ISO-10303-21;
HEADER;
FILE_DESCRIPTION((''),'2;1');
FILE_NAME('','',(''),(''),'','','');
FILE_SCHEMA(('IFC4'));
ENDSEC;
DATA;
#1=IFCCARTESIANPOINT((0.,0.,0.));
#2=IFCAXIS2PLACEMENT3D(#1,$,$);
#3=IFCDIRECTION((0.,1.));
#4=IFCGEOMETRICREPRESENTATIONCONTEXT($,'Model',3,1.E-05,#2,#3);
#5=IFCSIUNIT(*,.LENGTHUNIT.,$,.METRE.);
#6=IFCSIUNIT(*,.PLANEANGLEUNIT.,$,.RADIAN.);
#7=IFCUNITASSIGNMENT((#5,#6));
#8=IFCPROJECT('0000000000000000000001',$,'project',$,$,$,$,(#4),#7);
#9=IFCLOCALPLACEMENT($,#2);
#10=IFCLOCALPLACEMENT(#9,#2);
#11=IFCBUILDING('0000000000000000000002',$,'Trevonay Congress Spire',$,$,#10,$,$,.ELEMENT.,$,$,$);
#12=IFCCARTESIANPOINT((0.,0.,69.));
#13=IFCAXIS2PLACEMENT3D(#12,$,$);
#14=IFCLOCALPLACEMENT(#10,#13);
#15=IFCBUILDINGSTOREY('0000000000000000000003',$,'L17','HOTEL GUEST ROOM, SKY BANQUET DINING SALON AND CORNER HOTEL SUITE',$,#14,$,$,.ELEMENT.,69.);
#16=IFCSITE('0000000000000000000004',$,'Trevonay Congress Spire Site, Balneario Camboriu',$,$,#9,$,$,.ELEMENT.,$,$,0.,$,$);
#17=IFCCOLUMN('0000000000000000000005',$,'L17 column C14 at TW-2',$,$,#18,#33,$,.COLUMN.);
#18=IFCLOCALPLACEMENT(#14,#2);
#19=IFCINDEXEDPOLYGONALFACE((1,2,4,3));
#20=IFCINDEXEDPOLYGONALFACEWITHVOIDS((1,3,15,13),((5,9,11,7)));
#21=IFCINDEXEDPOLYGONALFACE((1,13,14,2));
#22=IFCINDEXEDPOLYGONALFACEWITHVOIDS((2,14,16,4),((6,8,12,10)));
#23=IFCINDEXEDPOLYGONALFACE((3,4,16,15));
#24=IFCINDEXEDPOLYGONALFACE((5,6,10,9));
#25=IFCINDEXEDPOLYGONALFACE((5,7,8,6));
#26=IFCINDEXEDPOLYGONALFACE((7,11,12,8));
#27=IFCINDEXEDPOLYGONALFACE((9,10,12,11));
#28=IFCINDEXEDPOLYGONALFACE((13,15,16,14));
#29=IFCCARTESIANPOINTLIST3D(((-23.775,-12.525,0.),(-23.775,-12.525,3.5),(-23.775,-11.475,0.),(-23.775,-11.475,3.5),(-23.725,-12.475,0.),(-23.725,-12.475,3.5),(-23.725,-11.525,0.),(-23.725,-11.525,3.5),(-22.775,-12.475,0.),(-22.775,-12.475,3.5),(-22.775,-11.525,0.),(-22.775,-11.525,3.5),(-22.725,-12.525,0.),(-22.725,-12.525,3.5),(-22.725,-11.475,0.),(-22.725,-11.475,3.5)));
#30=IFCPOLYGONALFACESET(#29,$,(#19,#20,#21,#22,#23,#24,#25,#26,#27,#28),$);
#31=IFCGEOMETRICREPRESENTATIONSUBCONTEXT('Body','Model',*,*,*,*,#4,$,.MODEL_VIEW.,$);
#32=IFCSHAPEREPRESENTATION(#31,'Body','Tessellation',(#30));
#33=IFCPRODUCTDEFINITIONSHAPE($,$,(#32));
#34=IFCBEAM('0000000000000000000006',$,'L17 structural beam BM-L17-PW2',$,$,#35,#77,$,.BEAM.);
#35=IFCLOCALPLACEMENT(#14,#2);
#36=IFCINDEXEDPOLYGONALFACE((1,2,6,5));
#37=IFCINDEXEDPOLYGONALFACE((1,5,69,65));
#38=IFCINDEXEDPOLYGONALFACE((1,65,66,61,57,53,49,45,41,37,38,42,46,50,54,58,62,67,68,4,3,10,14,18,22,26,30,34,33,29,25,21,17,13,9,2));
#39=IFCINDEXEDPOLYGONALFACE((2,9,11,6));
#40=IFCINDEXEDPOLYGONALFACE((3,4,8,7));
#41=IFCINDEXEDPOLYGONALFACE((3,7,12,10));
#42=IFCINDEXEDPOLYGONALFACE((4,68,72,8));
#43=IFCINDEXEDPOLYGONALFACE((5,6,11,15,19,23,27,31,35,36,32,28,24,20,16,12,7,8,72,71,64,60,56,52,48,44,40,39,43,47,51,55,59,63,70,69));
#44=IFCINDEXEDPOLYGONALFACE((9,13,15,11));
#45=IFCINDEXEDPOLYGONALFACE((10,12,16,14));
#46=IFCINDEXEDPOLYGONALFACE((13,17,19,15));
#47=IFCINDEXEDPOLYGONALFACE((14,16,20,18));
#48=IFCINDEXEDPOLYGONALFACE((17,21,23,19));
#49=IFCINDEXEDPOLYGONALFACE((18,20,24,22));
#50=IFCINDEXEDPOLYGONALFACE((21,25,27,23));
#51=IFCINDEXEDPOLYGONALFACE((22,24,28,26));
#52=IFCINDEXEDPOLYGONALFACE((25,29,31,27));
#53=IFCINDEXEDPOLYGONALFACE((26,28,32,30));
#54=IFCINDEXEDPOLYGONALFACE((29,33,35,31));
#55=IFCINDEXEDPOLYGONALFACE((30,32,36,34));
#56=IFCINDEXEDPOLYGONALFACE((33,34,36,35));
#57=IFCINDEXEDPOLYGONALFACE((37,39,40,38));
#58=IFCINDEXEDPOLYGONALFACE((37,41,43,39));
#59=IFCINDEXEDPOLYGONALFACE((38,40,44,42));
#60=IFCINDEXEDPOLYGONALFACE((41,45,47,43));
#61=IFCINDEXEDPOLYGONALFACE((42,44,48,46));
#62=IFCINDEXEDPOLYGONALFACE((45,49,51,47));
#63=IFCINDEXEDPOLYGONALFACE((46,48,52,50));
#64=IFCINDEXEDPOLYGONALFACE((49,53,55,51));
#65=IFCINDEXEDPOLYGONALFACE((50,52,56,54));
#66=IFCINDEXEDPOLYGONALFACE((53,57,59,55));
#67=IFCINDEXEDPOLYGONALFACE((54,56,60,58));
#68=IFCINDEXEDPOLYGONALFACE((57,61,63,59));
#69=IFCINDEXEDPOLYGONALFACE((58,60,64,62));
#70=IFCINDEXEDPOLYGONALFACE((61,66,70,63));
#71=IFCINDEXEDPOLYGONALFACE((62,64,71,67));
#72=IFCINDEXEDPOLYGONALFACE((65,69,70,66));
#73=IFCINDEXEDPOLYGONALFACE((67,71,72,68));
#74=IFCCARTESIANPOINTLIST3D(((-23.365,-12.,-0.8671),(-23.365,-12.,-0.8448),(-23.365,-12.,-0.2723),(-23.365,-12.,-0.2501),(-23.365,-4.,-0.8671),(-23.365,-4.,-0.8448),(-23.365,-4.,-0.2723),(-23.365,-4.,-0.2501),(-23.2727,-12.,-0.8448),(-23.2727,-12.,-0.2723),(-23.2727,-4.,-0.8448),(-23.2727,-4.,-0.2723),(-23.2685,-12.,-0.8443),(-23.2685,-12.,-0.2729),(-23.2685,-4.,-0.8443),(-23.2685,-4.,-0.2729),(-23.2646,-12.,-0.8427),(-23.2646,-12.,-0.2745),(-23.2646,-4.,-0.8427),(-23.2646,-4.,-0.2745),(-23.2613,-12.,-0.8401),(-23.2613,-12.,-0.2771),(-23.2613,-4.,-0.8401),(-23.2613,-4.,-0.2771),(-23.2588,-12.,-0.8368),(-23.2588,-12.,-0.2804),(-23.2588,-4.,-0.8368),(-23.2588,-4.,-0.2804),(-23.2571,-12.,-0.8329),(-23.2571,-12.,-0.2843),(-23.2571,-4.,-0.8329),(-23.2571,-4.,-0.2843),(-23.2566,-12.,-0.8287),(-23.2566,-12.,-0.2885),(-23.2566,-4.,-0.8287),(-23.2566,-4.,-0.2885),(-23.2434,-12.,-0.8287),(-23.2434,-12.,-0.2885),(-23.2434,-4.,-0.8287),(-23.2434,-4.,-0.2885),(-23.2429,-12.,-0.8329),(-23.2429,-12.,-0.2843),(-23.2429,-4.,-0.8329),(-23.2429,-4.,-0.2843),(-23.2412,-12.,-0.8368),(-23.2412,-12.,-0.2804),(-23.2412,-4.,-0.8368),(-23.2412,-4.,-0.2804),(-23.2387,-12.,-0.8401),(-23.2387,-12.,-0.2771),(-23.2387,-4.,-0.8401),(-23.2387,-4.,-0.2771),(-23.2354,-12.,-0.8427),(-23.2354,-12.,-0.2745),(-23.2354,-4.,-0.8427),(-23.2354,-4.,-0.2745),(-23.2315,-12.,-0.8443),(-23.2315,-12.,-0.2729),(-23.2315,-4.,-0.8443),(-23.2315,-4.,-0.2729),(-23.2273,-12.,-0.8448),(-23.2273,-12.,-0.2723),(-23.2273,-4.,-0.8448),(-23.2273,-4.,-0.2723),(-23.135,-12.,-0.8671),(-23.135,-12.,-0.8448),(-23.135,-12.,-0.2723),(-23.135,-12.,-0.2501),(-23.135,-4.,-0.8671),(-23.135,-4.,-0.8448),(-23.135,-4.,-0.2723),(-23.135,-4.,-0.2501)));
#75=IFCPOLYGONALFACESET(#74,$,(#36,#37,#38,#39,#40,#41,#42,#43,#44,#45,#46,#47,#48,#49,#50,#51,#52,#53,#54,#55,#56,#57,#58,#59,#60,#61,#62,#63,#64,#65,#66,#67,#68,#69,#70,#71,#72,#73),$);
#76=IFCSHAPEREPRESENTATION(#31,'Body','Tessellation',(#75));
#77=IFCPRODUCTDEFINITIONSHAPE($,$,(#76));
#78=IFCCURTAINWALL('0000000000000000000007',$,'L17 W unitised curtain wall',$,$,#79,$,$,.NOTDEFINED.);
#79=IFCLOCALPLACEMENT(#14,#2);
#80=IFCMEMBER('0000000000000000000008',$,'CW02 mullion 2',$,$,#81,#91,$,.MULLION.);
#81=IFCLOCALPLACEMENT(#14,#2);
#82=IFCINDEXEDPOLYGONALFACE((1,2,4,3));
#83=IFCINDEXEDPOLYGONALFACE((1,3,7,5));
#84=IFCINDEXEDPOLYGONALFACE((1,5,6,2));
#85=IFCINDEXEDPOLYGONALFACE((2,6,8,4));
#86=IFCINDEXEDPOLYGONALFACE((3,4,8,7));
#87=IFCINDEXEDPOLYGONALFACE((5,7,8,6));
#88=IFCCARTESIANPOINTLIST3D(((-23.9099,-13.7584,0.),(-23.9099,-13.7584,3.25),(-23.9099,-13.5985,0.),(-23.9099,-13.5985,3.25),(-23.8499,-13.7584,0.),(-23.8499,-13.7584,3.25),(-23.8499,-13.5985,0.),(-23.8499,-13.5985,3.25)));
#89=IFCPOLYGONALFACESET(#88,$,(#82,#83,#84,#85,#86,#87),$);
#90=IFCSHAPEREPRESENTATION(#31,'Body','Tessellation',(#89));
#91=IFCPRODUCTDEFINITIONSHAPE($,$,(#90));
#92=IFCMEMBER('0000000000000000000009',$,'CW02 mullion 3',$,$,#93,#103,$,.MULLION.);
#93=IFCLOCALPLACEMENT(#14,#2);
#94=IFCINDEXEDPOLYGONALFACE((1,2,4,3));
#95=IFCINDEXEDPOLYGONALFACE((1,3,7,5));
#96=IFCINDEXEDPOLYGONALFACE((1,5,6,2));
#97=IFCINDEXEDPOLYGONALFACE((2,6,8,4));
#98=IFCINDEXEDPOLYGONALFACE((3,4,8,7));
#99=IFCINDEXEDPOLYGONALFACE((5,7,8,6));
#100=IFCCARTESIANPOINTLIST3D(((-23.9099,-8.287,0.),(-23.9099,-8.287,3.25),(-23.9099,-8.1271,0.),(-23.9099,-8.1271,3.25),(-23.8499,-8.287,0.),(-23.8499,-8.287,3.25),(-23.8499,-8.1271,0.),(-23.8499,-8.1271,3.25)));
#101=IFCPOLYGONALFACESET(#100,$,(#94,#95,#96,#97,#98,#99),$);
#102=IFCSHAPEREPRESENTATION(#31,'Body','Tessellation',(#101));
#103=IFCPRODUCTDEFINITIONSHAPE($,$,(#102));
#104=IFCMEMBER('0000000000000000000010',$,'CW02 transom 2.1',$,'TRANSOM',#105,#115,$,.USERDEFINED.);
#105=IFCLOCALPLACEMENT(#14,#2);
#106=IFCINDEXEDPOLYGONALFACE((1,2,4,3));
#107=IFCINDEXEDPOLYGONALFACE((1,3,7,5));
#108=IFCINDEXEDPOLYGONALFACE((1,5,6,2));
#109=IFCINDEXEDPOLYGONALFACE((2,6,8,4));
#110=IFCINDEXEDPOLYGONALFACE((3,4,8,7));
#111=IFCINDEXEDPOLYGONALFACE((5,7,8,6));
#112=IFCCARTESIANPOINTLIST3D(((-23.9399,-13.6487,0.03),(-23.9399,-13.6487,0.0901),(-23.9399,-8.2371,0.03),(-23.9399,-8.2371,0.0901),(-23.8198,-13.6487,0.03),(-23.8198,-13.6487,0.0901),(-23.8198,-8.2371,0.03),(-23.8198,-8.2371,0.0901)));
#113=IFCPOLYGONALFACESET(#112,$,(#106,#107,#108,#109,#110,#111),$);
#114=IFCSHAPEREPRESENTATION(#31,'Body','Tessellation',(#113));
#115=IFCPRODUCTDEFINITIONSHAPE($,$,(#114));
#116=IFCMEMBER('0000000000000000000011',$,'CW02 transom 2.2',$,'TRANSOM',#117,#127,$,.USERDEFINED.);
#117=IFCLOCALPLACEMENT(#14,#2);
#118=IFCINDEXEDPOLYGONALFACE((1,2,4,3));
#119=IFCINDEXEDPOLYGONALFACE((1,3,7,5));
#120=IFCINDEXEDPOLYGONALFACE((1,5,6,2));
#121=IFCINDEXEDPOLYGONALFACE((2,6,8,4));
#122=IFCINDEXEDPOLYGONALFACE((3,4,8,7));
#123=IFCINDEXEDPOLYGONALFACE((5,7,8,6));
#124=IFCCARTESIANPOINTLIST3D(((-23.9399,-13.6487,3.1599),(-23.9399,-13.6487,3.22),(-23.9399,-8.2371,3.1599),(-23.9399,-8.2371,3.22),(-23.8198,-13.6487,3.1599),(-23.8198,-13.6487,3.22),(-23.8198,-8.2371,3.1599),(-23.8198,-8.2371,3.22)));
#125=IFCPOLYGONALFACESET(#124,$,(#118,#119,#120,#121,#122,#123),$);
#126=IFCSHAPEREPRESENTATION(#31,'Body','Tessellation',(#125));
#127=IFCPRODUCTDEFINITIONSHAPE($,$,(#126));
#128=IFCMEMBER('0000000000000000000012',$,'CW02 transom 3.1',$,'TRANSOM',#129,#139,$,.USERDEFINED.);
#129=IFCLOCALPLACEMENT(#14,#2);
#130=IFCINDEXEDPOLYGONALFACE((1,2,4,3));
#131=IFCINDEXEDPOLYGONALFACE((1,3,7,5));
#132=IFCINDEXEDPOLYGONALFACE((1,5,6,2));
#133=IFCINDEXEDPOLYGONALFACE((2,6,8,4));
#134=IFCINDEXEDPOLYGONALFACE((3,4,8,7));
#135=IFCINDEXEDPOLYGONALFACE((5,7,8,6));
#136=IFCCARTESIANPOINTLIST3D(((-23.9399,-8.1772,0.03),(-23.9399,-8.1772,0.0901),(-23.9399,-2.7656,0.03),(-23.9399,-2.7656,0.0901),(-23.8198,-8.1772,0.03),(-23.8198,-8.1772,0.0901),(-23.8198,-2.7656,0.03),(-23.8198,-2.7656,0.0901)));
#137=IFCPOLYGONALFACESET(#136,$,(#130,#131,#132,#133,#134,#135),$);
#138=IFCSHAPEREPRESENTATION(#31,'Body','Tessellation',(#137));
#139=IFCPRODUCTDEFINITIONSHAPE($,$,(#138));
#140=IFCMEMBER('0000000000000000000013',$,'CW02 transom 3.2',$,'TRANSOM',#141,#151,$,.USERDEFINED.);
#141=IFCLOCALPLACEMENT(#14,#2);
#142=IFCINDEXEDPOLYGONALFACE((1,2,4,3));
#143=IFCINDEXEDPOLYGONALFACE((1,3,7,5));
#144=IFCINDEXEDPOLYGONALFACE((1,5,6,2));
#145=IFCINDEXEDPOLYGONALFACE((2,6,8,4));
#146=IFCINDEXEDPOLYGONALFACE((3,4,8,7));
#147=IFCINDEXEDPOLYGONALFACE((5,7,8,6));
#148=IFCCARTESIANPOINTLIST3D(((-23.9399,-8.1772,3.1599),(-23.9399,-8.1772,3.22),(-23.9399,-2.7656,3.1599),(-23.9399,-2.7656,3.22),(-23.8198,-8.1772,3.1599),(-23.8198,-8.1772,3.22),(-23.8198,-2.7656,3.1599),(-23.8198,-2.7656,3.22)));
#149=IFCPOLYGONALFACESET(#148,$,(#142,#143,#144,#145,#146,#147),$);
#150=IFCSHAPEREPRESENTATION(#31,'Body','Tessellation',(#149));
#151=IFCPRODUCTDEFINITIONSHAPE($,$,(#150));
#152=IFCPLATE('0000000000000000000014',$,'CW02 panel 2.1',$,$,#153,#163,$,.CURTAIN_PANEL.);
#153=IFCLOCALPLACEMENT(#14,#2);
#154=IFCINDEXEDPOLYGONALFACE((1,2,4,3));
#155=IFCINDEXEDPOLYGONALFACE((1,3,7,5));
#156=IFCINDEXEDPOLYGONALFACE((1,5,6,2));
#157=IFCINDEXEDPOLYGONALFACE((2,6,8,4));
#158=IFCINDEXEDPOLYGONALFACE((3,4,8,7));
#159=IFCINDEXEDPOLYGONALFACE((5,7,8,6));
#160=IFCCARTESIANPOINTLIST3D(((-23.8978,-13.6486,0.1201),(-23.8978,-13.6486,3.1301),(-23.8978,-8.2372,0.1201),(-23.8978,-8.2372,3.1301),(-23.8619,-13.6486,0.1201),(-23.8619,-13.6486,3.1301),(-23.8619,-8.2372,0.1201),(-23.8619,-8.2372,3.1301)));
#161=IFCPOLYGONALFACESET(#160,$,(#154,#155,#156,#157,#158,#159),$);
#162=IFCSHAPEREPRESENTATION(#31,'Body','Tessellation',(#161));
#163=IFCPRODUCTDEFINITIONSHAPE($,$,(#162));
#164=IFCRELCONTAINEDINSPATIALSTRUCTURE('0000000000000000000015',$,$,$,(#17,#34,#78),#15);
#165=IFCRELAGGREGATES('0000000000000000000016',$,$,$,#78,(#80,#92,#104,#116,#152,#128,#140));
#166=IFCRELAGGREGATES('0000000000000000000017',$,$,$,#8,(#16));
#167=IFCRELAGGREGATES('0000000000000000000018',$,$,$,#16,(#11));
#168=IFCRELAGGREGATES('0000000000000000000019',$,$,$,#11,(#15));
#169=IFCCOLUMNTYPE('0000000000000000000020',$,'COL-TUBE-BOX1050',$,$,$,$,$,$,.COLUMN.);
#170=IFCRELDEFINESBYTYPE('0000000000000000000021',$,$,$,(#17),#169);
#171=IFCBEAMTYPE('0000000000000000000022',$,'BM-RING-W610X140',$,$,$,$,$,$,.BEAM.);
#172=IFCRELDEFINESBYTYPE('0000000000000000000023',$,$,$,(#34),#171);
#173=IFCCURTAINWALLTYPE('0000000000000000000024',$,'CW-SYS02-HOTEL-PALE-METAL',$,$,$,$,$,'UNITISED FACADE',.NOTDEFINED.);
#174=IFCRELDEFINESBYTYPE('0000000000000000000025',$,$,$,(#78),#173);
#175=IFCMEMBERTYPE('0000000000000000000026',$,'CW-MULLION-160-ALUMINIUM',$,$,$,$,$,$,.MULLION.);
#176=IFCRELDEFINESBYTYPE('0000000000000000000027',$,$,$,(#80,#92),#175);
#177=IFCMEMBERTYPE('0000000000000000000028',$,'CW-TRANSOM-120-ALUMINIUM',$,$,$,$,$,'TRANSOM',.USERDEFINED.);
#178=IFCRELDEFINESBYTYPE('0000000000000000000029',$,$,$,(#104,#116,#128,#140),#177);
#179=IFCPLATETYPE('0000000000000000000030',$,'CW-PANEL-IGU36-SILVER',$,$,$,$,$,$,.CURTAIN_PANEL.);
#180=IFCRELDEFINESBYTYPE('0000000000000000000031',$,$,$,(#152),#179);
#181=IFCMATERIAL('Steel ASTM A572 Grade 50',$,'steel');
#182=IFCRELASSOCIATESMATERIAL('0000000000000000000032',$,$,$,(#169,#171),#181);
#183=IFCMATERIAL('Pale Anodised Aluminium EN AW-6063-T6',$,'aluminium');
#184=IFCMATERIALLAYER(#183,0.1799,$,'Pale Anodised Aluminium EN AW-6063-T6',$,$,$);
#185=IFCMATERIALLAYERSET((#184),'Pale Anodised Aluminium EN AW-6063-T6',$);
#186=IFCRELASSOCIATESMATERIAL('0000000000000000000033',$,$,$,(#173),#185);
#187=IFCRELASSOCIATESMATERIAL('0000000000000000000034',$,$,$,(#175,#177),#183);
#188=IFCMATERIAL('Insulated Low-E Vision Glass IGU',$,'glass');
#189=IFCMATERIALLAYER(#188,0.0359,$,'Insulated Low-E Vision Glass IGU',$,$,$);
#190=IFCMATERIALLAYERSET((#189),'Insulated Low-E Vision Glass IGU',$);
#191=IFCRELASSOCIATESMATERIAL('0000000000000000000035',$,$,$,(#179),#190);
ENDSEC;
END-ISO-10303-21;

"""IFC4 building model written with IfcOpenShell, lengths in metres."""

from ifc_helpers import new_model, si_unit, direction, frame, origin, origin_2d, place, context, subcontext, project, spatial, rectangle, hollow_rectangle, i_section, extrude, material, layer, layer_set, material_profile, profile_set, type_object, element, aggregate, save


model = new_model("IFC4")

# Units and contexts
model_context = context("Model", 3, precision=1e-05, world=origin(), true_north=direction((0.0, 1.0)))
body_context = subcontext(model_context, "Body", "Model", "MODEL_VIEW")
ifc_project = project(units=[si_unit("LENGTHUNIT", "METRE"), si_unit("PLANEANGLEUNIT", "RADIAN")], contexts=[model_context])

# Site, building, storey
site_placement = place(None, origin())
site = spatial("IfcSite", under=ifc_project, at=site_placement, Name="Trevonay Congress Spire Site, Balneario Camboriu", CompositionType="ELEMENT", RefElevation=0.0)
building_placement = place(site_placement, origin())
building = spatial("IfcBuilding", under=site, at=building_placement, Name="Trevonay Congress Spire", CompositionType="ELEMENT")
storey_placement = place(building_placement, frame((0.0, 0.0, 69.0)))
storey = spatial("IfcBuildingStorey", under=building, at=storey_placement, Name="L17", Description="HOTEL GUEST ROOM, SKY BANQUET DINING SALON AND CORNER HOTEL SUITE", CompositionType="ELEMENT", Elevation=69.0)

# Column
ifc_material_1 = material(Name="Steel ASTM A572 Grade 50", Category="steel")
ifc_material_profile_1 = material_profile(ifc_material_1, hollow_rectangle(XDim=1.05, YDim=1.05, WallThickness=0.05, at=origin_2d()), Name="BOX 1050x1050x50")
ifc_profile_set_1 = profile_set([ifc_material_profile_1], Name="Steel ASTM A572 Grade 50")
column_type = type_object("IfcColumnType", Name="COL-TUBE-BOX1050", PredefinedType="COLUMN", material=ifc_profile_set_1)
column_placement = place(storey_placement, frame((-23.25, -12.0, 0.0), z_axis=(0.0, 0.0, 1.0), x_axis=(1.0, 0.0, 0.0)))
element("IfcColumn", 1, at=column_placement, inside=storey, type_object=column_type, Name="L17 column C14 at TW-2", PredefinedType="COLUMN", context=body_context, shape_type="SweptSolid", body=[
    extrude(hollow_rectangle(XDim=1.05, YDim=1.05, WallThickness=0.05, at=origin_2d()), origin(), (0.0, 0.0, 1.0), 3.5),
])

# Beam
ifc_material_profile_2 = material_profile(ifc_material_1, i_section(OverallWidth=0.23, OverallDepth=0.6169, WebThickness=0.0132, FlangeThickness=0.0222, FilletRadius=0.0161, at=origin_2d()), Name="W610x140")
ifc_profile_set_2 = profile_set([ifc_material_profile_2], Name="Steel ASTM A572 Grade 50")
beam_type = type_object("IfcBeamType", Name="BM-RING-W610X140", PredefinedType="BEAM", material=ifc_profile_set_2)
beam_placement = place(storey_placement, frame((-23.25, -12.0, -0.5586), z_axis=(0.0, 1.0, 0.0), x_axis=(-1.0, 0.0, 0.0)))
element("IfcBeam", 2, at=beam_placement, inside=storey, type_object=beam_type, Name="L17 structural beam BM-L17-PW2", PredefinedType="BEAM", context=body_context, shape_type="SweptSolid", body=[
    extrude(i_section(OverallWidth=0.23, OverallDepth=0.6169, WebThickness=0.0132, FlangeThickness=0.0222, FilletRadius=0.0161, at=origin_2d()), origin(), (0.0, 0.0, 1.0), 8.0),
])

# Curtain wall, members, plate
ifc_material_2 = material(Name="Pale Anodised Aluminium EN AW-6063-T6", Category="aluminium")
ifc_layer_1 = layer(ifc_material_2, 0.1799, Name="Pale Anodised Aluminium EN AW-6063-T6")
ifc_layer_set_1 = layer_set([ifc_layer_1], Name="Pale Anodised Aluminium EN AW-6063-T6")
curtain_wall_type = type_object("IfcCurtainWallType", Name="CW-SYS02-HOTEL-PALE-METAL", ElementType="UNITISED FACADE", PredefinedType="NOTDEFINED", material=ifc_layer_set_1)
curtain_wall_placement = place(storey_placement, origin())
curtain_wall = element("IfcCurtainWall", 3, at=curtain_wall_placement, inside=storey, type_object=curtain_wall_type, Name="L17 W unitised curtain wall", PredefinedType="NOTDEFINED")
ifc_material_profile_3 = material_profile(ifc_material_2, rectangle(XDim=0.0601, YDim=0.1599, at=origin_2d()), Name="CW-MULLION-160-ALUMINIUM")
ifc_profile_set_3 = profile_set([ifc_material_profile_3], Name="Pale Anodised Aluminium EN AW-6063-T6")
member_type_1 = type_object("IfcMemberType", Name="CW-MULLION-160-ALUMINIUM", PredefinedType="MULLION", material=ifc_profile_set_3)
member_1_placement = place(storey_placement, frame((-23.8799, -13.6785, 0.0), z_axis=(0.0, 0.0, 1.0), x_axis=(-1.0, 0.0, 0.0)))
member_1 = element("IfcMember", 4, at=member_1_placement, type_object=member_type_1, Name="CW02 mullion 2", PredefinedType="MULLION", context=body_context, shape_type="SweptSolid", body=[
    extrude(rectangle(XDim=0.0601, YDim=0.1599, at=origin_2d()), origin(), (0.0, 0.0, 1.0), 3.25),
])
member_2_placement = place(storey_placement, frame((-23.8799, -8.207, 0.0), z_axis=(0.0, 0.0, 1.0), x_axis=(-1.0, 0.0, 0.0)))
member_2 = element("IfcMember", 5, at=member_2_placement, type_object=member_type_1, Name="CW02 mullion 3", PredefinedType="MULLION", context=body_context, shape_type="SweptSolid", body=[
    extrude(rectangle(XDim=0.0601, YDim=0.1599, at=origin_2d()), origin(), (0.0, 0.0, 1.0), 3.25),
])
ifc_material_profile_4 = material_profile(ifc_material_2, rectangle(XDim=0.1201, YDim=0.0601, at=origin_2d()), Name="CW-TRANSOM-120-ALUMINIUM")
ifc_profile_set_4 = profile_set([ifc_material_profile_4], Name="Pale Anodised Aluminium EN AW-6063-T6")
member_type_2 = type_object("IfcMemberType", Name="CW-TRANSOM-120-ALUMINIUM", ElementType="TRANSOM", PredefinedType="USERDEFINED", material=ifc_profile_set_4)
member_3_placement = place(storey_placement, frame((-23.8799, -13.6487, 0.0601), z_axis=(0.0, 1.0, 0.0), x_axis=(-1.0, 0.0, 0.0)))
member_3 = element("IfcMember", 6, at=member_3_placement, type_object=member_type_2, Name="CW02 transom 2.1", ObjectType="TRANSOM", PredefinedType="USERDEFINED", context=body_context, shape_type="SweptSolid", body=[
    extrude(rectangle(XDim=0.1201, YDim=0.0601, at=origin_2d()), origin(), (0.0, 0.0, 1.0), 5.4116),
])
member_4_placement = place(storey_placement, frame((-23.8799, -13.6487, 3.1899), z_axis=(0.0, 1.0, 0.0), x_axis=(-1.0, 0.0, 0.0)))
member_4 = element("IfcMember", 7, at=member_4_placement, type_object=member_type_2, Name="CW02 transom 2.2", ObjectType="TRANSOM", PredefinedType="USERDEFINED", context=body_context, shape_type="SweptSolid", body=[
    extrude(rectangle(XDim=0.1201, YDim=0.0601, at=origin_2d()), origin(), (0.0, 0.0, 1.0), 5.4116),
])
member_5_placement = place(storey_placement, frame((-23.8799, -8.1772, 0.0601), z_axis=(0.0, 1.0, 0.0), x_axis=(-1.0, 0.0, 0.0)))
member_5 = element("IfcMember", 8, at=member_5_placement, type_object=member_type_2, Name="CW02 transom 3.1", ObjectType="TRANSOM", PredefinedType="USERDEFINED", context=body_context, shape_type="SweptSolid", body=[
    extrude(rectangle(XDim=0.1201, YDim=0.0601, at=origin_2d()), origin(), (0.0, 0.0, 1.0), 5.4116),
])
member_6_placement = place(storey_placement, frame((-23.8799, -8.1772, 3.1899), z_axis=(0.0, 1.0, 0.0), x_axis=(-1.0, 0.0, 0.0)))
member_6 = element("IfcMember", 9, at=member_6_placement, type_object=member_type_2, Name="CW02 transom 3.2", ObjectType="TRANSOM", PredefinedType="USERDEFINED", context=body_context, shape_type="SweptSolid", body=[
    extrude(rectangle(XDim=0.1201, YDim=0.0601, at=origin_2d()), origin(), (0.0, 0.0, 1.0), 5.4116),
])
ifc_material_3 = material(Name="Insulated Low-E Vision Glass IGU", Category="glass")
ifc_layer_2 = layer(ifc_material_3, 0.0359, Name="Insulated Low-E Vision Glass IGU")
ifc_layer_set_2 = layer_set([ifc_layer_2], Name="Insulated Low-E Vision Glass IGU")
plate_type = type_object("IfcPlateType", Name="CW-PANEL-IGU36-SILVER", PredefinedType="CURTAIN_PANEL", material=ifc_layer_set_2)
plate_placement = place(storey_placement, frame((-23.8799, -10.9429, 0.1201), z_axis=(0.0, 0.0, 1.0), x_axis=(0.0, 1.0, 0.0)))
plate = element("IfcPlate", 10, at=plate_placement, type_object=plate_type, Name="CW02 panel 2.1", PredefinedType="CURTAIN_PANEL", context=body_context, shape_type="SweptSolid", body=[
    extrude(rectangle(XDim=5.4114, YDim=0.0359, at=origin_2d()), origin(), (0.0, 0.0, 1.0), 3.01),
])
aggregate(curtain_wall, [member_1, member_2, member_3, member_4, plate, member_5, member_6])

save(model, "model.ifc")
